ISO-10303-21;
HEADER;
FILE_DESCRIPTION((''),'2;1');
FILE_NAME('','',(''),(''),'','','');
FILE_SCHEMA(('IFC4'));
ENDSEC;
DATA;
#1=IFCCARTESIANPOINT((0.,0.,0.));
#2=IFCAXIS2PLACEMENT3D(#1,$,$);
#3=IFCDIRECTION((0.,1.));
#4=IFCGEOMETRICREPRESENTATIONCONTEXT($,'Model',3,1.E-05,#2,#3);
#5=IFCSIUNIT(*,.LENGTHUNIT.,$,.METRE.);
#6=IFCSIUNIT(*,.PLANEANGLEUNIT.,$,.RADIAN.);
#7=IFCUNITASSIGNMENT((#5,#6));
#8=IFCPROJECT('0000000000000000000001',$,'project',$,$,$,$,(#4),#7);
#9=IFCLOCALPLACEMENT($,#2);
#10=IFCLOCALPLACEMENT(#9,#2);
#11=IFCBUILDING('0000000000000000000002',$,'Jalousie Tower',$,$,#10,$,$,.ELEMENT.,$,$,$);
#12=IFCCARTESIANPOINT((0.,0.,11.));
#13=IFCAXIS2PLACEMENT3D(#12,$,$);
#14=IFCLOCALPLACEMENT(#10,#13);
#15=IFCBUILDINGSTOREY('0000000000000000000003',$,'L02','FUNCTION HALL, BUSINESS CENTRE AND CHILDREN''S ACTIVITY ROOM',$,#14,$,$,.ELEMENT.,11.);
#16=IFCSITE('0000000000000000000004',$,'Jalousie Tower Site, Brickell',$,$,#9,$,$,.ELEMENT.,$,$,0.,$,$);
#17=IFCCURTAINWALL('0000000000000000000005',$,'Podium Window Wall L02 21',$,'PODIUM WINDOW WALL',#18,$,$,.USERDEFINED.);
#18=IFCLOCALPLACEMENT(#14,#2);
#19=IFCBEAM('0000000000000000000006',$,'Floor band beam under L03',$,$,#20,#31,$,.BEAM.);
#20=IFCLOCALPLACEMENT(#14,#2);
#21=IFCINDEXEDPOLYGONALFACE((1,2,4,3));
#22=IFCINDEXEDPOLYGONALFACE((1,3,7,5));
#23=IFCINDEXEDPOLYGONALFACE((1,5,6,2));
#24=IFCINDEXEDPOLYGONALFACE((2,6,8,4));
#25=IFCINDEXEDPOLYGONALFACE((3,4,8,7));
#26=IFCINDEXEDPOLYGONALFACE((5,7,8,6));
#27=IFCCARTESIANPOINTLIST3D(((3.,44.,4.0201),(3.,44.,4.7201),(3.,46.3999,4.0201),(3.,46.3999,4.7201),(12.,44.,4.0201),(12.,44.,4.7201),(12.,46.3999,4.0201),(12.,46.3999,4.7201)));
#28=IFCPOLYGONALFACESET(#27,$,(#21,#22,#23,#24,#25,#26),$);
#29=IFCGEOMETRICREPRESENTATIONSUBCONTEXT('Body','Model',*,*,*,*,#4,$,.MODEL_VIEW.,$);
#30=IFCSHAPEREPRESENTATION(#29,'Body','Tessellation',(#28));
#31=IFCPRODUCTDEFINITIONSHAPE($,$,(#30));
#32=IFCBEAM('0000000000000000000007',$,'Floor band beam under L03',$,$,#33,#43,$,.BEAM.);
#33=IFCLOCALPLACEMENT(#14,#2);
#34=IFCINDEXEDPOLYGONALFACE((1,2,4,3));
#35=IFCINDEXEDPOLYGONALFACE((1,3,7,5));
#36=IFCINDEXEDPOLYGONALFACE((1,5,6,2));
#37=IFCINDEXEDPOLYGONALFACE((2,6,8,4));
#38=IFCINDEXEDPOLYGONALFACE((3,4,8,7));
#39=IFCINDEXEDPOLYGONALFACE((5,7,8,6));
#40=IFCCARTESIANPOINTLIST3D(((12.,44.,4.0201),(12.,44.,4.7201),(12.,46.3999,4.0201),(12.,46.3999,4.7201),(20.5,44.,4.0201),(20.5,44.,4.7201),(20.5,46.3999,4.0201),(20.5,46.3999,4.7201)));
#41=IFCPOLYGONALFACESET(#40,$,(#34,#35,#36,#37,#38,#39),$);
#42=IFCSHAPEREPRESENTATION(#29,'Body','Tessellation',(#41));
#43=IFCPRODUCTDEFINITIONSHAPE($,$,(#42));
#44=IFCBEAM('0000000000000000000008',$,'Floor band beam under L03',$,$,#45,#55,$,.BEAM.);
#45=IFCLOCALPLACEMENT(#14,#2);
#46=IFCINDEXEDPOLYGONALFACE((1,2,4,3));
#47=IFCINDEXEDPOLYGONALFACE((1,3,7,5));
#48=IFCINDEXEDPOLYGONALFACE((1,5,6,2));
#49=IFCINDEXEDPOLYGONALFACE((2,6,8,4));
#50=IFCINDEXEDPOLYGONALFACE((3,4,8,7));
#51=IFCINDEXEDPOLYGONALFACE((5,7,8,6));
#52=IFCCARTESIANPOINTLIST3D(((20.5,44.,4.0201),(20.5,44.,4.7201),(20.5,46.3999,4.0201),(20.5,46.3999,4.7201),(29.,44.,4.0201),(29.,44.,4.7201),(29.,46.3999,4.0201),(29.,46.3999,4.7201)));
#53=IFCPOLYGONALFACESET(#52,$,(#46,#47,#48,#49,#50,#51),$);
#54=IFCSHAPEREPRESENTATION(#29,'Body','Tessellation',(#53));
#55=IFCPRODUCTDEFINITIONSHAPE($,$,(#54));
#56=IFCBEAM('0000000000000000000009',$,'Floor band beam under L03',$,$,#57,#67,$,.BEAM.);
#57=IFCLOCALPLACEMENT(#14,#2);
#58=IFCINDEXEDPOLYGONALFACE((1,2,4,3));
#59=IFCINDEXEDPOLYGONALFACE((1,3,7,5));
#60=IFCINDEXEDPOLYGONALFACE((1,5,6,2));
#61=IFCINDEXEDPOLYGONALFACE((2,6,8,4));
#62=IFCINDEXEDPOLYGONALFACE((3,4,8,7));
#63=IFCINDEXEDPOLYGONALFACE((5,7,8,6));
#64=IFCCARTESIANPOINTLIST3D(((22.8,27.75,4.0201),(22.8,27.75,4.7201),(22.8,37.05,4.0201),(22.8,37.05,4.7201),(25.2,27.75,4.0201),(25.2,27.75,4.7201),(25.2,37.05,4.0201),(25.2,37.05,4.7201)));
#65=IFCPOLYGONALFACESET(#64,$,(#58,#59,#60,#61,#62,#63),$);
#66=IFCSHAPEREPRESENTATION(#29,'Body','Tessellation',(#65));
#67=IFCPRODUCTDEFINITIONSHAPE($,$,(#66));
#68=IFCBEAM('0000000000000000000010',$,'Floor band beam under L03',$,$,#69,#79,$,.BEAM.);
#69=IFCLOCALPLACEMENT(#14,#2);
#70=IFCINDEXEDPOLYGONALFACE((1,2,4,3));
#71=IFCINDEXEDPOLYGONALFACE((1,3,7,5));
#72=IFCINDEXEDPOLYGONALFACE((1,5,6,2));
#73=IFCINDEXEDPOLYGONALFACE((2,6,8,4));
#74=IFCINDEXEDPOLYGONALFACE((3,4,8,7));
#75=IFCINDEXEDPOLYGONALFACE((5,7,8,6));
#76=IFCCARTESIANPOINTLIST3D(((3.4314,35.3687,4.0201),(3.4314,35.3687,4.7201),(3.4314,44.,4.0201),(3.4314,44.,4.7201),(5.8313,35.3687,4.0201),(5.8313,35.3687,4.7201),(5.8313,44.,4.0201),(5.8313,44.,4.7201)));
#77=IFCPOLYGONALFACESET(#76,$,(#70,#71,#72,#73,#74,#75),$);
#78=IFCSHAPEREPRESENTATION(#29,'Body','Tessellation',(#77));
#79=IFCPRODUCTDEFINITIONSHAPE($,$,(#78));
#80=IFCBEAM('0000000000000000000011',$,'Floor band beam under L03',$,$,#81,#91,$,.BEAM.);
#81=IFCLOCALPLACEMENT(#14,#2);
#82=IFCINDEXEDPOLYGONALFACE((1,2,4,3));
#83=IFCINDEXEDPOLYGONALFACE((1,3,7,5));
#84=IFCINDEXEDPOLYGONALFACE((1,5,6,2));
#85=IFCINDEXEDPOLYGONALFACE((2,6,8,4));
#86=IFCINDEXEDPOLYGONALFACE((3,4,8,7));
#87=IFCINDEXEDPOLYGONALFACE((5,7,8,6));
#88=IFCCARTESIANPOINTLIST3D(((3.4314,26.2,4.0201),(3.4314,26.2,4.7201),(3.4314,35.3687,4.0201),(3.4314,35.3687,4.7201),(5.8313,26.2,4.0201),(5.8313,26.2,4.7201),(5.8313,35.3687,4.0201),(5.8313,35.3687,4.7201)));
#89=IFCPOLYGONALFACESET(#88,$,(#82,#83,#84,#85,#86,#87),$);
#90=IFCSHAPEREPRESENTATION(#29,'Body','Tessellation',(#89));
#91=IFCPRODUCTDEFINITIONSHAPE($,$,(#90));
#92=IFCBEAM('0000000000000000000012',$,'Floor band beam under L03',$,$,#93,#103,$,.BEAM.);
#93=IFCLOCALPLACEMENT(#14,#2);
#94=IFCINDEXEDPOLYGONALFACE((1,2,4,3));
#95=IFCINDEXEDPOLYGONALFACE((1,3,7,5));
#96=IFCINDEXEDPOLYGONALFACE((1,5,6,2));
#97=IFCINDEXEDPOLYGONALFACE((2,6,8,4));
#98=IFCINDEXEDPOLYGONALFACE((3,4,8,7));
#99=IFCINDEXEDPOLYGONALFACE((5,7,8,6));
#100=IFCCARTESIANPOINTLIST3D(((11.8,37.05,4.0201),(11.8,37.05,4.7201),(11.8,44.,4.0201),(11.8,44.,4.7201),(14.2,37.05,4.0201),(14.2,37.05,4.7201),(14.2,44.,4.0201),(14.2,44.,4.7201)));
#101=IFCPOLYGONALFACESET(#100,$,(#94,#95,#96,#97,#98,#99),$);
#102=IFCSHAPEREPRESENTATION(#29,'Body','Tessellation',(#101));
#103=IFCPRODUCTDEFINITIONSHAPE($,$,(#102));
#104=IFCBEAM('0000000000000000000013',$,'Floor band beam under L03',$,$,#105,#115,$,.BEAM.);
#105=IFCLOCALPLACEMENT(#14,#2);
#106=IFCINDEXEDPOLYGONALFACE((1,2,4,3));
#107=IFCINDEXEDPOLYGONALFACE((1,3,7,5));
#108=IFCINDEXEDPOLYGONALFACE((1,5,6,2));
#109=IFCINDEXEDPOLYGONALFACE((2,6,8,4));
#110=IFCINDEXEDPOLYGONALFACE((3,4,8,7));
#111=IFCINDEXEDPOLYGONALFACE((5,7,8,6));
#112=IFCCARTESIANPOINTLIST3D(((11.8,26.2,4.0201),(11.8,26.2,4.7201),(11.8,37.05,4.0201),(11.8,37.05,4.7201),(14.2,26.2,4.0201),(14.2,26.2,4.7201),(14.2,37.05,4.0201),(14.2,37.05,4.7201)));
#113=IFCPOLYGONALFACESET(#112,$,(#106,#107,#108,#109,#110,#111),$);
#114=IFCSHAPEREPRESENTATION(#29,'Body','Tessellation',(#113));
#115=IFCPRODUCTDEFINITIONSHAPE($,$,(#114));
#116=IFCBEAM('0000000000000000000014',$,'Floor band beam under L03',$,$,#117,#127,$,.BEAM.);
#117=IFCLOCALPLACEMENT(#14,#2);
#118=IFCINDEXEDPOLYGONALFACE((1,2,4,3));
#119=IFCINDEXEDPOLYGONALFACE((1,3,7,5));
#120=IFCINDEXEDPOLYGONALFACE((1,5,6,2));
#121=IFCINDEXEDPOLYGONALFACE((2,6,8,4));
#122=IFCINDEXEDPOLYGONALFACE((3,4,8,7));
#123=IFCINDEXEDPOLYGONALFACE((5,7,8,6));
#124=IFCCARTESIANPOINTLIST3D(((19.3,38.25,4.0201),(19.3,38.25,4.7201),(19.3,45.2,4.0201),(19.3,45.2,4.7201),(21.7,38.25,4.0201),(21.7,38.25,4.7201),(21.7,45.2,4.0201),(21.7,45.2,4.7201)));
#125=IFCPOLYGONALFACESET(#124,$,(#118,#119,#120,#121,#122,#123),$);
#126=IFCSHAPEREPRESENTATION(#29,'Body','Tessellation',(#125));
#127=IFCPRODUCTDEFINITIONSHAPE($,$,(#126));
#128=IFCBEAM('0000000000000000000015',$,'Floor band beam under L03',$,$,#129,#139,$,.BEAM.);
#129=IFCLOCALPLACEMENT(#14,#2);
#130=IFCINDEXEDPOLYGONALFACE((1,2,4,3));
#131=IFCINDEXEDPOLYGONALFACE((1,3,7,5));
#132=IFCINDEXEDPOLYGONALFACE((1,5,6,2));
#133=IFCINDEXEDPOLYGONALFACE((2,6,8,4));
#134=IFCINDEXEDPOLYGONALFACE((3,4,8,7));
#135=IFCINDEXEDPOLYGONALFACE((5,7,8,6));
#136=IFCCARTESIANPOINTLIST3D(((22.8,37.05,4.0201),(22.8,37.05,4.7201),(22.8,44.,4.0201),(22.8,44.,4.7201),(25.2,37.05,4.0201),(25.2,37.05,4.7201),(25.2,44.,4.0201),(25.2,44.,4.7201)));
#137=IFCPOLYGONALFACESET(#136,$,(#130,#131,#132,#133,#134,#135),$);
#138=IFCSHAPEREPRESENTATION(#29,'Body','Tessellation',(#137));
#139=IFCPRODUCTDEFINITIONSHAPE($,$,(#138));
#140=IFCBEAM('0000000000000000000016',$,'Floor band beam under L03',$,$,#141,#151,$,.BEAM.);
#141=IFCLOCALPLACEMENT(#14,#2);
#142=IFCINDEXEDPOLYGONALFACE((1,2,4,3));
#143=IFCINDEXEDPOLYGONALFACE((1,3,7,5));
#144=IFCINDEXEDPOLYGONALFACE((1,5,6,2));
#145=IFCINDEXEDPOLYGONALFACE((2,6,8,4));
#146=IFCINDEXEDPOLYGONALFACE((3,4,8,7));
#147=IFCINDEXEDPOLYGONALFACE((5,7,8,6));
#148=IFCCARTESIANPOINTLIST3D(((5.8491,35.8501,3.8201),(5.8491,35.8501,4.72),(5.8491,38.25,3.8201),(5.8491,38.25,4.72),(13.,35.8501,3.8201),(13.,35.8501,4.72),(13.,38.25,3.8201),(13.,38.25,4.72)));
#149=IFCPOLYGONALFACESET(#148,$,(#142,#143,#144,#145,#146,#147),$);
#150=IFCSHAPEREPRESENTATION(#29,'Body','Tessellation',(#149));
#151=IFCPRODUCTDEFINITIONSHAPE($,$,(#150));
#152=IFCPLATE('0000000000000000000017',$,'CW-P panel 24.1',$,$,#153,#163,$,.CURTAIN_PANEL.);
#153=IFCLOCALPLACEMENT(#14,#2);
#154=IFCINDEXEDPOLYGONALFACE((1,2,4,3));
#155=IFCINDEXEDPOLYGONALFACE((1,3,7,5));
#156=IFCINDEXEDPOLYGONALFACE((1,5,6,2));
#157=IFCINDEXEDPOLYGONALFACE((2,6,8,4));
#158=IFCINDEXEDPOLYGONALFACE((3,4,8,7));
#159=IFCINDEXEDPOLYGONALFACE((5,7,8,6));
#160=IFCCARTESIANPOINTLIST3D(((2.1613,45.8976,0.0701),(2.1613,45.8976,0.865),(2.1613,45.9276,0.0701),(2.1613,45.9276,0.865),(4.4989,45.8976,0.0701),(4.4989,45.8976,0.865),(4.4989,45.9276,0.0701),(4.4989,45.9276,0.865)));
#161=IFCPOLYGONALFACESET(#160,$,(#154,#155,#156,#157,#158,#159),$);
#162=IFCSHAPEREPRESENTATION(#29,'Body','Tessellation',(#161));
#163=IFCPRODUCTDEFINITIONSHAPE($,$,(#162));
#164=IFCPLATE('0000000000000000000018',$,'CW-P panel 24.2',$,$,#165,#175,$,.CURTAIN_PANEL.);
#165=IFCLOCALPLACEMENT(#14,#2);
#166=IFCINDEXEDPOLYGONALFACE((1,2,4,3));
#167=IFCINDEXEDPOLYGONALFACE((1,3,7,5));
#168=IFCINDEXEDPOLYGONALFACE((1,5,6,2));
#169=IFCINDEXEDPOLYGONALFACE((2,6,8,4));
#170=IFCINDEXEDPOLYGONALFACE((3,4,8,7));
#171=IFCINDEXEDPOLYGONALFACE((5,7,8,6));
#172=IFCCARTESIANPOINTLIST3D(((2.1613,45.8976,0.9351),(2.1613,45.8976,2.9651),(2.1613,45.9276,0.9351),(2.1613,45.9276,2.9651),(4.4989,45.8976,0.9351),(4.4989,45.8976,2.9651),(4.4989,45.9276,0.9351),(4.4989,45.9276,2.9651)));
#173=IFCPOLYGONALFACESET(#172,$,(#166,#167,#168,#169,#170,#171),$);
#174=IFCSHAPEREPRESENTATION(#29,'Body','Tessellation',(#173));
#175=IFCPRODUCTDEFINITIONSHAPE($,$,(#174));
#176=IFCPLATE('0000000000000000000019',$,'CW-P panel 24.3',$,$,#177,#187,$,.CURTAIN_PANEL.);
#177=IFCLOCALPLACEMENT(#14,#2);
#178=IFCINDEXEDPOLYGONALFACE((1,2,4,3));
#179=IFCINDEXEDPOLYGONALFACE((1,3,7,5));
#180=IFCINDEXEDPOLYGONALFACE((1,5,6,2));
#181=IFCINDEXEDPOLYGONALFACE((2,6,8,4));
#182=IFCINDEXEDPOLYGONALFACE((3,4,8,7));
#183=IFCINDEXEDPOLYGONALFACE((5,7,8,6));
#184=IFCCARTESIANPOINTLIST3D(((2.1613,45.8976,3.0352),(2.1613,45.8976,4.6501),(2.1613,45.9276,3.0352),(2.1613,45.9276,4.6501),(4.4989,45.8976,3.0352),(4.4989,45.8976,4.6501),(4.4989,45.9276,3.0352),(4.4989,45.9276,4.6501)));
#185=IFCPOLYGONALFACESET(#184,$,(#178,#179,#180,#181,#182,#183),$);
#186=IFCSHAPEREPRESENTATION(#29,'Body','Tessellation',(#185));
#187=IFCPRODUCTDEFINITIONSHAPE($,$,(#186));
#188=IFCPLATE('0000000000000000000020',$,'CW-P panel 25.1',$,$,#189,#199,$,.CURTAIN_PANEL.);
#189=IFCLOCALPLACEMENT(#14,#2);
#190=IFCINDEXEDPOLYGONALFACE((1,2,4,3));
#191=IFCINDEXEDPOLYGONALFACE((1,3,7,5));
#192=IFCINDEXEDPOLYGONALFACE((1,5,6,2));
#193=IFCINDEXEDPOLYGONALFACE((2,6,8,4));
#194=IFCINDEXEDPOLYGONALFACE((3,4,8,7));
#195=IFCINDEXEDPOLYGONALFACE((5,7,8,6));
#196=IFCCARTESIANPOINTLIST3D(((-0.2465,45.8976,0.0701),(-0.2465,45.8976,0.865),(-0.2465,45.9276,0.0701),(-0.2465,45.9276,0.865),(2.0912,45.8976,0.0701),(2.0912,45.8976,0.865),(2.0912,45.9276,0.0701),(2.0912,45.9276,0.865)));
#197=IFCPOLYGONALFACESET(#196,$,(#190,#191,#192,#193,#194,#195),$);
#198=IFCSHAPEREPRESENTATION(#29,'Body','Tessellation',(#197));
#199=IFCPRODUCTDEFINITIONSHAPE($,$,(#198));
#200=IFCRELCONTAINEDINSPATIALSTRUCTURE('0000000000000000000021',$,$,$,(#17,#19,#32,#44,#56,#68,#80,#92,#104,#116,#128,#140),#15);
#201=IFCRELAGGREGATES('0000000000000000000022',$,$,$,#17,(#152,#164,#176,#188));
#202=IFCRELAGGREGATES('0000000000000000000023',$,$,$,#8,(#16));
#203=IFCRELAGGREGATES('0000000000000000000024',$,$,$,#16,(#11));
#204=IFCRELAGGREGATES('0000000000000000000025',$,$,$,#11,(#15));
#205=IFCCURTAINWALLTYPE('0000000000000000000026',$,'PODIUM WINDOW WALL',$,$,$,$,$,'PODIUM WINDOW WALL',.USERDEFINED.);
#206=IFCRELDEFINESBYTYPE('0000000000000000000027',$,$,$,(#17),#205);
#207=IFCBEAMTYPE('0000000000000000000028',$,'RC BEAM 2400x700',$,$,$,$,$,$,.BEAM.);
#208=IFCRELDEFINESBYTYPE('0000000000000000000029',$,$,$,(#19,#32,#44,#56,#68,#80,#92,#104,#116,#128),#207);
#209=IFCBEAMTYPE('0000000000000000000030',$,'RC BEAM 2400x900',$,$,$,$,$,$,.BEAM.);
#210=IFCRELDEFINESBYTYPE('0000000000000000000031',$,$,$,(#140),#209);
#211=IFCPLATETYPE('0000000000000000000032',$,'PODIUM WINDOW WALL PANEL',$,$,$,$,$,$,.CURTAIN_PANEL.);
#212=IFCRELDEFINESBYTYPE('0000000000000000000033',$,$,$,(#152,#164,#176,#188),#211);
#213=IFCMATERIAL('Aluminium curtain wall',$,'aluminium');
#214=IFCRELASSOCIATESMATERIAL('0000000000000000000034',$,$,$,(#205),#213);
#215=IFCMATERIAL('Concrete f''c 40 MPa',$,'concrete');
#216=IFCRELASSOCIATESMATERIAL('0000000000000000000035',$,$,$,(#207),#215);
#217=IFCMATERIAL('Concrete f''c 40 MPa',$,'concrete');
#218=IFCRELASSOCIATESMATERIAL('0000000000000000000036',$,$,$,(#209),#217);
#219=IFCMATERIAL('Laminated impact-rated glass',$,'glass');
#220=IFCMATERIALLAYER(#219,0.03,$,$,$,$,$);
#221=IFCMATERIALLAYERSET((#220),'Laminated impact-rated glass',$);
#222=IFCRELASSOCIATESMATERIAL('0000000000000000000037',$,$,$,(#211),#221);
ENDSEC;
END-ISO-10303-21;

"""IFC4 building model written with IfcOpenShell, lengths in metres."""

from ifc_helpers import new_model, si_unit, direction, frame, origin, origin_2d, place, context, subcontext, project, spatial, rectangle, extrude, material, layer, layer_set, material_profile, profile_set, type_object, element, aggregate, save


model = new_model("IFC4")

# Units and contexts
model_context = context("Model", 3, precision=1e-05, world=origin(), true_north=direction((0.0, 1.0)))
body_context = subcontext(model_context, "Body", "Model", "MODEL_VIEW")
ifc_project = project(units=[si_unit("LENGTHUNIT", "METRE"), si_unit("PLANEANGLEUNIT", "RADIAN")], contexts=[model_context])

# Site, building, storey
site_placement = place(None, origin())
site = spatial("IfcSite", under=ifc_project, at=site_placement, Name="Jalousie Tower Site, Brickell", CompositionType="ELEMENT", RefElevation=0.0)
building_placement = place(site_placement, origin())
building = spatial("IfcBuilding", under=site, at=building_placement, Name="Jalousie Tower", CompositionType="ELEMENT")
storey_placement = place(building_placement, frame((0.0, 0.0, 11.0)))
storey = spatial("IfcBuildingStorey", under=building, at=storey_placement, Name="L02", Description="FUNCTION HALL, BUSINESS CENTRE AND CHILDREN'S ACTIVITY ROOM", CompositionType="ELEMENT", Elevation=11.0)

# Curtain wall
ifc_material_1 = material(Name="Aluminium curtain wall", Category="aluminium")
curtain_wall_type = type_object("IfcCurtainWallType", Name="PODIUM WINDOW WALL", ElementType="PODIUM WINDOW WALL", PredefinedType="USERDEFINED", material=ifc_material_1)
curtain_wall_placement = place(storey_placement, origin())
curtain_wall = element("IfcCurtainWall", 1, at=curtain_wall_placement, inside=storey, type_object=curtain_wall_type, Name="Podium Window Wall L02 21", ObjectType="PODIUM WINDOW WALL", PredefinedType="USERDEFINED")

# Beams
ifc_material_2 = material(Name="Concrete f'c 40 MPa", Category="concrete")
ifc_material_profile_1 = material_profile(ifc_material_2, rectangle(XDim=2.3999, YDim=0.7, at=origin_2d()), Name="RC 2400x700")
ifc_profile_set_1 = profile_set([ifc_material_profile_1], Name="Concrete f'c 40 MPa")
beam_type_1 = type_object("IfcBeamType", Name="RC BEAM 2400x700", PredefinedType="BEAM", material=ifc_profile_set_1)
beam_1_placement = place(storey_placement, frame((3.0, 45.2, 4.3701), z_axis=(1.0, 0.0, 0.0), x_axis=(0.0, 1.0, 0.0)))
element("IfcBeam", 2, at=beam_1_placement, inside=storey, type_object=beam_type_1, Name="Floor band beam under L03", PredefinedType="BEAM", context=body_context, shape_type="SweptSolid", body=[
    extrude(rectangle(XDim=2.3999, YDim=0.7, at=origin_2d()), origin(), (0.0, 0.0, 1.0), 9.0),
])
for number, where, z_axis, x_axis, name in (
    (3, (12.0, 45.2, 4.3701), (1.0, 0.0, 0.0), (0.0, 1.0, 0.0), "Floor band beam under L03"),
    (4, (20.5, 45.2, 4.3701), (1.0, 0.0, 0.0), (0.0, 1.0, 0.0), "Floor band beam under L03"),
):
    element("IfcBeam", number, at=place(storey_placement, frame(where, z_axis=z_axis, x_axis=x_axis)), inside=storey, type_object=beam_type_1, Name=name, PredefinedType="BEAM", context=body_context, shape_type="SweptSolid", body=[
        extrude(rectangle(XDim=2.3999, YDim=0.7, at=origin_2d()), origin(), (0.0, 0.0, 1.0), 8.5),
    ])
beam_2_placement = place(storey_placement, frame((24.0, 37.05, 4.3701), z_axis=(0.0, -1.0, 0.0), x_axis=(1.0, 0.0, 0.0)))
element("IfcBeam", 5, at=beam_2_placement, inside=storey, type_object=beam_type_1, Name="Floor band beam under L03", PredefinedType="BEAM", context=body_context, shape_type="SweptSolid", body=[
    extrude(rectangle(XDim=2.3999, YDim=0.7, at=origin_2d()), origin(), (0.0, 0.0, 1.0), 9.3),
])
beam_3_placement = place(storey_placement, frame((4.6313, 35.3687, 4.3701), z_axis=(0.0, 1.0, 0.0), x_axis=(-1.0, 0.0, 0.0)))
element("IfcBeam", 6, at=beam_3_placement, inside=storey, type_object=beam_type_1, Name="Floor band beam under L03", PredefinedType="BEAM", context=body_context, shape_type="SweptSolid", body=[
    extrude(rectangle(XDim=2.3999, YDim=0.7, at=origin_2d()), origin(), (0.0, 0.0, 1.0), 8.6313),
])
beam_4_placement = place(storey_placement, frame((4.6313, 35.3687, 4.3701), z_axis=(0.0, -1.0, 0.0), x_axis=(1.0, 0.0, 0.0)))
element("IfcBeam", 7, at=beam_4_placement, inside=storey, type_object=beam_type_1, Name="Floor band beam under L03", PredefinedType="BEAM", context=body_context, shape_type="SweptSolid", body=[
    extrude(rectangle(XDim=2.3999, YDim=0.7, at=origin_2d()), origin(), (0.0, 0.0, 1.0), 9.1687),
])
beam_5_placement = place(storey_placement, frame((13.0, 37.05, 4.3701), z_axis=(0.0, 1.0, 0.0), x_axis=(-1.0, 0.0, 0.0)))
element("IfcBeam", 8, at=beam_5_placement, inside=storey, type_object=beam_type_1, Name="Floor band beam under L03", PredefinedType="BEAM", context=body_context, shape_type="SweptSolid", body=[
    extrude(rectangle(XDim=2.3999, YDim=0.7, at=origin_2d()), origin(), (0.0, 0.0, 1.0), 6.95),
])
beam_6_placement = place(storey_placement, frame((13.0, 37.05, 4.3701), z_axis=(0.0, -1.0, 0.0), x_axis=(1.0, 0.0, 0.0)))
element("IfcBeam", 9, at=beam_6_placement, inside=storey, type_object=beam_type_1, Name="Floor band beam under L03", PredefinedType="BEAM", context=body_context, shape_type="SweptSolid", body=[
    extrude(rectangle(XDim=2.3999, YDim=0.7, at=origin_2d()), origin(), (0.0, 0.0, 1.0), 10.8501),
])
for number, where, z_axis, x_axis, name in (
    (10, (20.5, 45.2, 4.3701), (0.0, -1.0, 0.0), (1.0, 0.0, 0.0), "Floor band beam under L03"),
    (11, (24.0, 37.05, 4.3701), (0.0, 1.0, 0.0), (-1.0, 0.0, 0.0), "Floor band beam under L03"),
):
    element("IfcBeam", number, at=place(storey_placement, frame(where, z_axis=z_axis, x_axis=x_axis)), inside=storey, type_object=beam_type_1, Name=name, PredefinedType="BEAM", context=body_context, shape_type="SweptSolid", body=[
        extrude(rectangle(XDim=2.3999, YDim=0.7, at=origin_2d()), origin(), (0.0, 0.0, 1.0), 6.95),
    ])
ifc_material_3 = material(Name="Concrete f'c 40 MPa", Category="concrete")
ifc_material_profile_2 = material_profile(ifc_material_3, rectangle(XDim=2.3999, YDim=0.8999, at=origin_2d()), Name="RC 2400x900")
ifc_profile_set_2 = profile_set([ifc_material_profile_2], Name="Concrete f'c 40 MPa")
beam_type_2 = type_object("IfcBeamType", Name="RC BEAM 2400x900", PredefinedType="BEAM", material=ifc_profile_set_2)
beam_7_placement = place(storey_placement, frame((13.0, 37.05, 4.27), z_axis=(-1.0, 0.0, 0.0), x_axis=(0.0, -1.0, 0.0)))
element("IfcBeam", 12, at=beam_7_placement, inside=storey, type_object=beam_type_2, Name="Floor band beam under L03", PredefinedType="BEAM", context=body_context, shape_type="SweptSolid", body=[
    extrude(rectangle(XDim=2.3999, YDim=0.8999, at=origin_2d()), origin(), (0.0, 0.0, 1.0), 7.1509),
])

# Plates
ifc_material_4 = material(Name="Laminated impact-rated glass", Category="glass")
ifc_layer_1 = layer(ifc_material_4, 0.03)
ifc_layer_set_1 = layer_set([ifc_layer_1], Name="Laminated impact-rated glass")
plate_type = type_object("IfcPlateType", Name="PODIUM WINDOW WALL PANEL", PredefinedType="CURTAIN_PANEL", material=ifc_layer_set_1)
plate_1_placement = place(storey_placement, frame((3.3301, 45.9126, 0.0701), z_axis=(0.0, 0.0, 1.0), x_axis=(-1.0, 0.0, 0.0)))
plate_1 = element("IfcPlate", 13, at=plate_1_placement, type_object=plate_type, Name="CW-P panel 24.1", PredefinedType="CURTAIN_PANEL", context=body_context, shape_type="SweptSolid", body=[
    extrude(rectangle(XDim=2.3376, YDim=0.03, at=origin_2d()), origin(), (0.0, 0.0, 1.0), 0.7949),
])
plate_2_placement = place(storey_placement, frame((3.3301, 45.9126, 0.9351), z_axis=(0.0, 0.0, 1.0), x_axis=(-1.0, 0.0, 0.0)))
plate_2 = element("IfcPlate", 14, at=plate_2_placement, type_object=plate_type, Name="CW-P panel 24.2", PredefinedType="CURTAIN_PANEL", context=body_context, shape_type="SweptSolid", body=[
    extrude(rectangle(XDim=2.3376, YDim=0.03, at=origin_2d()), origin(), (0.0, 0.0, 1.0), 2.03),
])
plate_3_placement = place(storey_placement, frame((3.3301, 45.9126, 3.0352), z_axis=(0.0, 0.0, 1.0), x_axis=(-1.0, 0.0, 0.0)))
plate_3 = element("IfcPlate", 15, at=plate_3_placement, type_object=plate_type, Name="CW-P panel 24.3", PredefinedType="CURTAIN_PANEL", context=body_context, shape_type="SweptSolid", body=[
    extrude(rectangle(XDim=2.3376, YDim=0.03, at=origin_2d()), origin(), (0.0, 0.0, 1.0), 1.615),
])
plate_4_placement = place(storey_placement, frame((0.9224, 45.9126, 0.0701), z_axis=(0.0, 0.0, 1.0), x_axis=(-1.0, 0.0, 0.0)))
plate_4 = element("IfcPlate", 16, at=plate_4_placement, type_object=plate_type, Name="CW-P panel 25.1", PredefinedType="CURTAIN_PANEL", context=body_context, shape_type="SweptSolid", body=[
    extrude(rectangle(XDim=2.3376, YDim=0.03, at=origin_2d()), origin(), (0.0, 0.0, 1.0), 0.7949),
])
aggregate(curtain_wall, [plate_1, plate_2, plate_3, plate_4])

save(model, "model.ifc")
